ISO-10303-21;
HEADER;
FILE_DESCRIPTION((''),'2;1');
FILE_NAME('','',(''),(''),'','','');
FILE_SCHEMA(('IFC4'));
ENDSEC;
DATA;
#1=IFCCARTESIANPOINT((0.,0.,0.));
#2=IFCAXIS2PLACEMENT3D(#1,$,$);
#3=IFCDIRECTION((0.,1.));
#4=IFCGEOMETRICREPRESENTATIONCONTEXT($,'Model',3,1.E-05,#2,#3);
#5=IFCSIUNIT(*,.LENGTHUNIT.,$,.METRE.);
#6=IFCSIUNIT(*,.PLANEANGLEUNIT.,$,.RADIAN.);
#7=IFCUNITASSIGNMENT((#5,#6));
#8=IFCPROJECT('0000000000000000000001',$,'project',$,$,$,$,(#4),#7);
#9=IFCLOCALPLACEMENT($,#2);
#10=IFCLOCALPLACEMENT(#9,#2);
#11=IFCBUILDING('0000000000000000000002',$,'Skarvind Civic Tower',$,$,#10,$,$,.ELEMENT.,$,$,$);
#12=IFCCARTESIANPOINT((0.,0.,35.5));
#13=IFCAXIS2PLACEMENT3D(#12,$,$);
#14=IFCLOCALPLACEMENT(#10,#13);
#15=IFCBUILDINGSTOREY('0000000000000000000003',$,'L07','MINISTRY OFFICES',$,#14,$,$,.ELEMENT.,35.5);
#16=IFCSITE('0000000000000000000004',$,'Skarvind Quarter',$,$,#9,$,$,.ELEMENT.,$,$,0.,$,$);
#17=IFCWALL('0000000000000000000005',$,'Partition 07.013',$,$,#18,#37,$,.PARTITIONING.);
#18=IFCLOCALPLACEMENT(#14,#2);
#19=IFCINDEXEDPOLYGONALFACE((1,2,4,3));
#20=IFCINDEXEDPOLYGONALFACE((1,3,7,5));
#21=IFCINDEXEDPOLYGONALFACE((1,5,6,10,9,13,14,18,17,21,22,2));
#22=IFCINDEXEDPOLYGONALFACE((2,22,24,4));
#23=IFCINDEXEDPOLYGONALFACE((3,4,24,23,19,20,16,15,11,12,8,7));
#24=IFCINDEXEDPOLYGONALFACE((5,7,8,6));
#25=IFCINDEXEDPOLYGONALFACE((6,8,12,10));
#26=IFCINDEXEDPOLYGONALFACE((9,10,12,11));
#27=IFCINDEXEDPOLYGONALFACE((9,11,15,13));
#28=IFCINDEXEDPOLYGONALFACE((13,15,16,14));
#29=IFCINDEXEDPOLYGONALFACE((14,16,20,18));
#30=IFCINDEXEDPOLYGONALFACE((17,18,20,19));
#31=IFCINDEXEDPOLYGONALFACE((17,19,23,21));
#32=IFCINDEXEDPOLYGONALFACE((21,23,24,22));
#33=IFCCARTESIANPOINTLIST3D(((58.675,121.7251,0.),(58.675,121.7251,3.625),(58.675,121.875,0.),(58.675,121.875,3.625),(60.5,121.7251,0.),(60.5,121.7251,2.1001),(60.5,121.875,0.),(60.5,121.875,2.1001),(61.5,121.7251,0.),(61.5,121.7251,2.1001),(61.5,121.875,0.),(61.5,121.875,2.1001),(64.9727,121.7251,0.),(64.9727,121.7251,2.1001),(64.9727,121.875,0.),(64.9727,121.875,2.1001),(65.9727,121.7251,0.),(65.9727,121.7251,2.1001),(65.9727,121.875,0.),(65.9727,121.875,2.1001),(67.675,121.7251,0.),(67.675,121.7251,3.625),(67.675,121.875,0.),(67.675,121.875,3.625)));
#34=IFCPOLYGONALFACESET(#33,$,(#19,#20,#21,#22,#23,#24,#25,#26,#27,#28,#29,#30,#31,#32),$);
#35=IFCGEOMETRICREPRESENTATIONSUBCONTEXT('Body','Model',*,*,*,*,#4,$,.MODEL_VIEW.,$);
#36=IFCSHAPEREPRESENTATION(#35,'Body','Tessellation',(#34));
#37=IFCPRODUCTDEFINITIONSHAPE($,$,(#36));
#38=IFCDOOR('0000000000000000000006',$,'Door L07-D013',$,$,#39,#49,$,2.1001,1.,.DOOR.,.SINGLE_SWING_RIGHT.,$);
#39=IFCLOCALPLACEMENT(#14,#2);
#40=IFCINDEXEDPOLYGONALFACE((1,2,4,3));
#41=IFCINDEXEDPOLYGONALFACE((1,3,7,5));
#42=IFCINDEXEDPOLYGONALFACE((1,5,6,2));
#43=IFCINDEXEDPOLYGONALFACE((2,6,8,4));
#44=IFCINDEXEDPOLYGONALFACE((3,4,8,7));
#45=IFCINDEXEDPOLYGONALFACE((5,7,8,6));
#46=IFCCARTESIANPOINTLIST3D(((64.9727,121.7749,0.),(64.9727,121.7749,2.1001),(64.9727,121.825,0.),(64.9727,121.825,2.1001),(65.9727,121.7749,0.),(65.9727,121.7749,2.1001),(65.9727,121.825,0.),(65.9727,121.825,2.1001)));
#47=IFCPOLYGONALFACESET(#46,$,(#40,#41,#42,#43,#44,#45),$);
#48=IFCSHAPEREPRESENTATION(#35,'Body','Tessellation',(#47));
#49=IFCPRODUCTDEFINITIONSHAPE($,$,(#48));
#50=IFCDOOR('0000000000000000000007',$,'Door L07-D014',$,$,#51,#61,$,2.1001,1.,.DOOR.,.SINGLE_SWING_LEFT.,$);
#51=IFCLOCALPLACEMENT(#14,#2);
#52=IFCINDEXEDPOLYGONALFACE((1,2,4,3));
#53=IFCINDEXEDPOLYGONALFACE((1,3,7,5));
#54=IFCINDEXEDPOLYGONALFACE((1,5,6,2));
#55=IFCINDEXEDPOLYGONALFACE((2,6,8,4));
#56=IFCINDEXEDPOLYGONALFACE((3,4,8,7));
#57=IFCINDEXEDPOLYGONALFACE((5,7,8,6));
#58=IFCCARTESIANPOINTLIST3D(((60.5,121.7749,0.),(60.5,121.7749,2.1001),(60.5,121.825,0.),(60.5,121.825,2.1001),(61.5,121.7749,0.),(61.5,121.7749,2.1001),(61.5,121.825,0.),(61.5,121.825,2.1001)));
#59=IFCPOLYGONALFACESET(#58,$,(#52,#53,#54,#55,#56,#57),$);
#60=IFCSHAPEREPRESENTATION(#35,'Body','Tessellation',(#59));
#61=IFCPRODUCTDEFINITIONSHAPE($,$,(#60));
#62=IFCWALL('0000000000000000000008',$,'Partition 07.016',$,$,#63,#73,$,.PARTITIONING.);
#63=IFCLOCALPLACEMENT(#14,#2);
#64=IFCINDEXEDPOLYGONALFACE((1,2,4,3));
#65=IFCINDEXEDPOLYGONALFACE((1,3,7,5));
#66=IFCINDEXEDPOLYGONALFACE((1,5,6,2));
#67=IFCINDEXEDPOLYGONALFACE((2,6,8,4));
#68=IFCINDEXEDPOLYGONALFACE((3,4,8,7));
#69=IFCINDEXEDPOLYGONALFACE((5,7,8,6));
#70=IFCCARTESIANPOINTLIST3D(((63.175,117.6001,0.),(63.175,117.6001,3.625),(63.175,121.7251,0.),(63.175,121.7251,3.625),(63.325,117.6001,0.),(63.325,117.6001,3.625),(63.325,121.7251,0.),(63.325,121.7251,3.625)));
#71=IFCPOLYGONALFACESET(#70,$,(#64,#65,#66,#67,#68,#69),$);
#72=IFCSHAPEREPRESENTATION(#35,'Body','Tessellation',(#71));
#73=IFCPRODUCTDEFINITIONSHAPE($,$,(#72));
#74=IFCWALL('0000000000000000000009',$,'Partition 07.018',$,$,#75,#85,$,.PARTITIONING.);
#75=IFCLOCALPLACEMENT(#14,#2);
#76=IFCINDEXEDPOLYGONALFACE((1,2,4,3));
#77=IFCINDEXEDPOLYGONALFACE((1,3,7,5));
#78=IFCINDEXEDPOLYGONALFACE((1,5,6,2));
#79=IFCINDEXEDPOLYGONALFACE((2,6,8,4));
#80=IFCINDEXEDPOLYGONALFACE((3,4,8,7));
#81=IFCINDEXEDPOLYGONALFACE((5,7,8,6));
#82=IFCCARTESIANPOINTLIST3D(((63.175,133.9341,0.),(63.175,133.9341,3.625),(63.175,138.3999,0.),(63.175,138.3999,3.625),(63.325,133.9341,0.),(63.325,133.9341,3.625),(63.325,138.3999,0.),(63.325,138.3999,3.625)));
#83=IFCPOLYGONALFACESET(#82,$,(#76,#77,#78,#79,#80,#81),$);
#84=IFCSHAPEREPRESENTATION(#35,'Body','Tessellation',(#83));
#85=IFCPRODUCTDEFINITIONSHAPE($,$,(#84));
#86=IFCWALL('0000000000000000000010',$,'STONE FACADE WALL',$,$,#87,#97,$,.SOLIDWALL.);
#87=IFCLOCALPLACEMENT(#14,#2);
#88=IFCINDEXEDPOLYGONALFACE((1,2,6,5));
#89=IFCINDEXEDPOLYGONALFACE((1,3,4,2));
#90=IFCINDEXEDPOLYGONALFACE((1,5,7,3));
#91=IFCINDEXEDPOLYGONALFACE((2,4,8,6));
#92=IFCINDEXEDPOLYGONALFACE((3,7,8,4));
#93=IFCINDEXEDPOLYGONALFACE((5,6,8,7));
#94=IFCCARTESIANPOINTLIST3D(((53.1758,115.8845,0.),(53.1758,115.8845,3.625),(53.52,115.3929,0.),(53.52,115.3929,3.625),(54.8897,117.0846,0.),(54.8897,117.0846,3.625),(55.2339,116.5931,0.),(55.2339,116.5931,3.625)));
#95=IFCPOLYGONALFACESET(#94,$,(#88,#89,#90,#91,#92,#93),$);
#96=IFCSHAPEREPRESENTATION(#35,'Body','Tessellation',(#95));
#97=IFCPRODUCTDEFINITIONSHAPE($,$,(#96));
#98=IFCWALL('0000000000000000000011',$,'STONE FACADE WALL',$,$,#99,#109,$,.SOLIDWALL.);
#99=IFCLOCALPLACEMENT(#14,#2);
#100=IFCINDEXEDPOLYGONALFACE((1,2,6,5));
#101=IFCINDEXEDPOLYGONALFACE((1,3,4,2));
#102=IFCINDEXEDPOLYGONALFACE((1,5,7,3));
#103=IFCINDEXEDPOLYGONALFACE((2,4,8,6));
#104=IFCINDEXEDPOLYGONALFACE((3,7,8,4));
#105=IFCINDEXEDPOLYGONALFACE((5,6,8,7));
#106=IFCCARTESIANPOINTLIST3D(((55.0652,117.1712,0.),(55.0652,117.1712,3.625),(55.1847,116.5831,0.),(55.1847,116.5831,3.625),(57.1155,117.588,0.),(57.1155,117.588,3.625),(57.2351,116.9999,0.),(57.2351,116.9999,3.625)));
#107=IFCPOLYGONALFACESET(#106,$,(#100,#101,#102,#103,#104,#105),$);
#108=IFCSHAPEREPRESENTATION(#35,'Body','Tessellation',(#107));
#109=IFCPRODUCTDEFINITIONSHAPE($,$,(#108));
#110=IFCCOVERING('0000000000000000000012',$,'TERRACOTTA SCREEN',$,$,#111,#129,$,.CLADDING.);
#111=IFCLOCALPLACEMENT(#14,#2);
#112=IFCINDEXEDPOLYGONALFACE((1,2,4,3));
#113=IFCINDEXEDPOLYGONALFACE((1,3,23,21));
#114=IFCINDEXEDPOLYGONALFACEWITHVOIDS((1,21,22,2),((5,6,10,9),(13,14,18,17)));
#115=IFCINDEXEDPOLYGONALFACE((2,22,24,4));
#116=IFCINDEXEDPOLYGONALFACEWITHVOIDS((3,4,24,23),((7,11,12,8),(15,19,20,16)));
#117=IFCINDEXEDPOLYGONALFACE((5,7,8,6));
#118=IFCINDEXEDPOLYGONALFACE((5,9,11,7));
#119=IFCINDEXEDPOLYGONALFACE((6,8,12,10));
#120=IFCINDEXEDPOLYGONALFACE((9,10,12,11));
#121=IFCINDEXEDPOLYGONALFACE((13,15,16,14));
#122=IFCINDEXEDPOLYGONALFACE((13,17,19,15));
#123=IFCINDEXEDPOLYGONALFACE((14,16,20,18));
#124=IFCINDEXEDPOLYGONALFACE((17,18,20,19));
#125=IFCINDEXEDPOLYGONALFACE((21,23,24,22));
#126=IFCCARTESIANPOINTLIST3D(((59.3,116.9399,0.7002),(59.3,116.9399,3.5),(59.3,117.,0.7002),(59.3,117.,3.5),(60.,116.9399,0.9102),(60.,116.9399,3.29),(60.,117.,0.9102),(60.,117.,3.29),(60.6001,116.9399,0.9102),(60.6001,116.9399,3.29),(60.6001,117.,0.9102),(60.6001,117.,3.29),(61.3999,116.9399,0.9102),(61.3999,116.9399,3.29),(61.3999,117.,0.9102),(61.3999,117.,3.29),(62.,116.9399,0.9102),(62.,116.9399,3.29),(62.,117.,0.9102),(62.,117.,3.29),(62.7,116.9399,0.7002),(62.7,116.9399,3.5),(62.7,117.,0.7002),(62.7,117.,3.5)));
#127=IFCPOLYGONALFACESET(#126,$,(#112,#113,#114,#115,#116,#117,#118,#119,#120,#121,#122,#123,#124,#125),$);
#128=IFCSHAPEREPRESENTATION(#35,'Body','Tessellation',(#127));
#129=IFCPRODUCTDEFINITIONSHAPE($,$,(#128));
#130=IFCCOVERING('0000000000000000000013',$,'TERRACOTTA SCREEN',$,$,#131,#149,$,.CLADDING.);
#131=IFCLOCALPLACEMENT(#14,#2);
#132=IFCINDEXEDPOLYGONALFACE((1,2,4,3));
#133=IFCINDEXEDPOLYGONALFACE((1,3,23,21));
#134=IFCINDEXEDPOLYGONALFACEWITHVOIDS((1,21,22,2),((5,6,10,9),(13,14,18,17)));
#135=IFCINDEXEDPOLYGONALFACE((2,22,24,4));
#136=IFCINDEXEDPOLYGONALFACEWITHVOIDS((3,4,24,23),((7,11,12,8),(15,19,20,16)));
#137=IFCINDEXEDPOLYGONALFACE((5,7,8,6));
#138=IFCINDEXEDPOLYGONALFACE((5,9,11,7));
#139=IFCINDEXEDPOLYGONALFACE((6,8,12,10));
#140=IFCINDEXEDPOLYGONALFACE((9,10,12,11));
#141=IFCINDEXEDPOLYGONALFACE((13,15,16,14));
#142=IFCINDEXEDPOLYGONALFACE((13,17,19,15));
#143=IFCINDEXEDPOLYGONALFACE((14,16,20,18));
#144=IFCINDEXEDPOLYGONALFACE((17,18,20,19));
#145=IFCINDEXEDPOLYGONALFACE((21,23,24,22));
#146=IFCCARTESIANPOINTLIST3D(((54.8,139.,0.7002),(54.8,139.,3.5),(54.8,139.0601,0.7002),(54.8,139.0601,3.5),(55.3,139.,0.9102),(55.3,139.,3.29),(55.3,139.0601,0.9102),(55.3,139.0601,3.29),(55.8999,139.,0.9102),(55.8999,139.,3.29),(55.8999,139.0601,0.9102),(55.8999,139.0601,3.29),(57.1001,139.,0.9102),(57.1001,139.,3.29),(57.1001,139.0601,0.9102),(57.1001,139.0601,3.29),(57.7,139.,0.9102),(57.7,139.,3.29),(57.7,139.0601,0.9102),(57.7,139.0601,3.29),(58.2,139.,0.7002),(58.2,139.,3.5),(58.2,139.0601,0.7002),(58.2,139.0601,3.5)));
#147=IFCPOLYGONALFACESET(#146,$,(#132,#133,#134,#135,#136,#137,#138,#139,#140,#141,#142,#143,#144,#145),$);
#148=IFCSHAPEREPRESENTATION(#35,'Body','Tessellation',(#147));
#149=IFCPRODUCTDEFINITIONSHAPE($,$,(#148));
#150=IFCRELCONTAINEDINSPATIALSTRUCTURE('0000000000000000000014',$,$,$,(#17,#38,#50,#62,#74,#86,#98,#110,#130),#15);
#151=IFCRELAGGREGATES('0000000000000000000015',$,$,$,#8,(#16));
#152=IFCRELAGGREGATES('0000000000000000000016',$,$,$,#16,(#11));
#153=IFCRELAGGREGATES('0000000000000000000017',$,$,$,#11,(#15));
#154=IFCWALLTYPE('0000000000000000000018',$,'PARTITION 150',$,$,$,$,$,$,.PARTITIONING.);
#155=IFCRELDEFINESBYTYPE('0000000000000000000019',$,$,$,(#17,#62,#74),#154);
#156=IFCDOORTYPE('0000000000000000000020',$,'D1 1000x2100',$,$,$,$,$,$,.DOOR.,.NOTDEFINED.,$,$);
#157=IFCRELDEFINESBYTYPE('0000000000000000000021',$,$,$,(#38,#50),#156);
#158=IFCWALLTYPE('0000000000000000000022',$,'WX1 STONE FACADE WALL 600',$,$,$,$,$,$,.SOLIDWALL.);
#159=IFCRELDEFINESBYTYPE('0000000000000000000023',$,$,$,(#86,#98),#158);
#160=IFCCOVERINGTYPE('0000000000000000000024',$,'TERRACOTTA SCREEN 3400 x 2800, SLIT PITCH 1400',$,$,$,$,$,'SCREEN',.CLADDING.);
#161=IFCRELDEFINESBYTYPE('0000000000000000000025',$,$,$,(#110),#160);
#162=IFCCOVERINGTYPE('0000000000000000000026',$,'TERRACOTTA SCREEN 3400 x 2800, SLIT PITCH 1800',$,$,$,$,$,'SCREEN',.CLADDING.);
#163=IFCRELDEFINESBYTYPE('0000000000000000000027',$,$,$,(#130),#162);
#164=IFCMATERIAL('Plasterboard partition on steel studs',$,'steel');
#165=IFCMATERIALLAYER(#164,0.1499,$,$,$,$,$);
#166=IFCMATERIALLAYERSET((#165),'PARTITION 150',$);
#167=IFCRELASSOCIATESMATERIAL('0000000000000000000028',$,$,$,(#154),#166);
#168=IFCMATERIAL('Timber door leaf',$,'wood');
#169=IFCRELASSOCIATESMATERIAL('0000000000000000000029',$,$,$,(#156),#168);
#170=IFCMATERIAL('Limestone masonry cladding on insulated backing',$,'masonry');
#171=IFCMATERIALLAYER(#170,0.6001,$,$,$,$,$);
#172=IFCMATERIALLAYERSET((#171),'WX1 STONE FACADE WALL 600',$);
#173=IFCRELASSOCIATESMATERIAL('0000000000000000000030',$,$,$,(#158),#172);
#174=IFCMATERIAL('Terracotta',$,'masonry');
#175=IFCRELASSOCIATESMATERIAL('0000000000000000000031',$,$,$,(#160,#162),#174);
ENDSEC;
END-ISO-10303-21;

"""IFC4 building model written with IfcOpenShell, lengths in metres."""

from ifc_helpers import new_model, si_unit, direction, frame, frame_2d, origin, place, context, subcontext, project, spatial, polyline, rectangle, outline, extrude, material, layer, layer_set, material_profile, profile_set, type_object, element, fill, save


model = new_model("IFC4")

# Units and contexts
model_context = context("Model", 3, precision=1e-05, world=origin(), true_north=direction((0.0, 1.0)))
body_context = subcontext(model_context, "Body", "Model", "MODEL_VIEW")
ifc_project = project(units=[si_unit("LENGTHUNIT", "METRE"), si_unit("PLANEANGLEUNIT", "RADIAN")], contexts=[model_context])

# Site, building, storey
site_placement = place(None, origin())
site = spatial("IfcSite", under=ifc_project, at=site_placement, Name="Skarvind Quarter", CompositionType="ELEMENT", RefElevation=0.0)
building_placement = place(site_placement, origin())
building = spatial("IfcBuilding", under=site, at=building_placement, Name="Skarvind Civic Tower", CompositionType="ELEMENT")
storey_placement = place(building_placement, frame((0.0, 0.0, 35.5)))
storey = spatial("IfcBuildingStorey", under=building, at=storey_placement, Name="L07", Description="MINISTRY OFFICES", CompositionType="ELEMENT", Elevation=35.5)

# Shared definitions
ifc_material_1 = material(Name="Plasterboard partition on steel studs", Category="steel")
ifc_layer_1 = layer(ifc_material_1, 0.1499)
ifc_layer_set_1 = layer_set([ifc_layer_1], Name="PARTITION 150")
wall_type_1 = type_object("IfcWallType", Name="PARTITION 150", PredefinedType="PARTITIONING", material=ifc_layer_set_1)

# Wall, openings, doors
wall_1_placement = place(storey_placement, frame((58.675, 121.8, 0.0), z_axis=(0.0, 0.0, 1.0), x_axis=(1.0, 0.0, 0.0)))
wall_1 = element("IfcWall", 1, at=wall_1_placement, inside=storey, type_object=wall_type_1, Name="Partition 07.013", PredefinedType="PARTITIONING", context=body_context, shape_type="SweptSolid", body=[
    extrude(rectangle(XDim=9.0, YDim=0.1499, at=frame_2d((4.5, 0.0))), origin(), (0.0, 0.0, 1.0), 3.625),
])
opening_1_placement = place(wall_1_placement, frame((6.2976, 0.0, 0.0)))
opening_1 = element("IfcOpeningElement", 2, at=opening_1_placement, cuts=wall_1, PredefinedType="OPENING", context=body_context, shape_type="SweptSolid", body=[
    extrude(rectangle(XDim=1.0, YDim=2.1001, at=frame_2d((0.5, 1.05))), frame((0.0, 0.085, 0.0), z_axis=(0.0, -1.0, 0.0), x_axis=(1.0, 0.0, 0.0)), (0.0, 0.0, 1.0), 0.1699),
])
opening_2_placement = place(wall_1_placement, frame((1.825, 0.0, 0.0)))
opening_2 = element("IfcOpeningElement", 3, at=opening_2_placement, cuts=wall_1, PredefinedType="OPENING", context=body_context, shape_type="SweptSolid", body=[
    extrude(rectangle(XDim=1.0, YDim=2.1001, at=frame_2d((0.5, 1.05))), frame((0.0, 0.085, 0.0), z_axis=(0.0, -1.0, 0.0), x_axis=(1.0, 0.0, 0.0)), (0.0, 0.0, 1.0), 0.1699),
])
ifc_material_2 = material(Name="Timber door leaf", Category="wood")
door_type = type_object("IfcDoorType", Name="D1 1000x2100", OperationType="NOTDEFINED", PredefinedType="DOOR", material=ifc_material_2)
door_1_placement = place(opening_1_placement, origin())
door_1 = element("IfcDoor", 4, at=door_1_placement, inside=storey, type_object=door_type, Name="Door L07-D013", OperationType="SINGLE_SWING_RIGHT", OverallHeight=2.1001, OverallWidth=1.0, PredefinedType="DOOR", context=body_context, shape_type="SweptSolid", body=[
    extrude(rectangle(XDim=1.0, YDim=2.1001, at=frame_2d((0.5, 1.05))), frame((0.0, 0.0249, 0.0), z_axis=(0.0, -1.0, 0.0), x_axis=(1.0, 0.0, 0.0)), (0.0, 0.0, 1.0), 0.05),
])
fill(opening_1, door_1)
door_2_placement = place(opening_2_placement, origin())
door_2 = element("IfcDoor", 5, at=door_2_placement, inside=storey, type_object=door_type, Name="Door L07-D014", OperationType="SINGLE_SWING_LEFT", OverallHeight=2.1001, OverallWidth=1.0, PredefinedType="DOOR", context=body_context, shape_type="SweptSolid", body=[
    extrude(rectangle(XDim=1.0, YDim=2.1001, at=frame_2d((0.5, 1.05))), frame((0.0, 0.0249, 0.0), z_axis=(0.0, -1.0, 0.0), x_axis=(1.0, 0.0, 0.0)), (0.0, 0.0, 1.0), 0.05),
])
fill(opening_2, door_2)

# Walls
wall_2_placement = place(storey_placement, frame((63.25, 117.6001, 0.0), z_axis=(0.0, 0.0, 1.0), x_axis=(0.0, 1.0, 0.0)))
element("IfcWall", 6, at=wall_2_placement, inside=storey, type_object=wall_type_1, Name="Partition 07.016", PredefinedType="PARTITIONING", context=body_context, shape_type="SweptSolid", body=[
    extrude(rectangle(XDim=4.125, YDim=0.1499, at=frame_2d((2.0625, 0.0))), origin(), (0.0, 0.0, 1.0), 3.625),
])
wall_3_placement = place(storey_placement, frame((63.25, 133.9341, 0.0), z_axis=(0.0, 0.0, 1.0), x_axis=(0.0, 1.0, 0.0)))
element("IfcWall", 7, at=wall_3_placement, inside=storey, type_object=wall_type_1, Name="Partition 07.018", PredefinedType="PARTITIONING", context=body_context, shape_type="SweptSolid", body=[
    extrude(rectangle(XDim=4.4658, YDim=0.1499, at=frame_2d((2.2329, 0.0))), origin(), (0.0, 0.0, 1.0), 3.625),
])
ifc_material_3 = material(Name="Limestone masonry cladding on insulated backing", Category="masonry")
ifc_layer_2 = layer(ifc_material_3, 0.6001)
ifc_layer_set_2 = layer_set([ifc_layer_2], Name="WX1 STONE FACADE WALL 600")
wall_type_2 = type_object("IfcWallType", Name="WX1 STONE FACADE WALL 600", PredefinedType="SOLIDWALL", material=ifc_layer_set_2)
for number, where, z_axis, x_axis, name in (
    (8, (55.0618, 116.8389, 0.0), (0.0, 0.0, 1.0), (-0.819122, -0.573619, 0.0), "STONE FACADE WALL"),
    (9, (57.1753, 117.2939, 0.0), (0.0, 0.0, 1.0), (-0.979961, -0.199189, 0.0), "STONE FACADE WALL"),
):
    element("IfcWall", number, at=place(storey_placement, frame(where, z_axis=z_axis, x_axis=x_axis)), inside=storey, type_object=wall_type_2, Name=name, PredefinedType="SOLIDWALL", context=body_context, shape_type="SweptSolid", body=[
        extrude(rectangle(XDim=2.0923, YDim=0.6001, at=frame_2d((1.0461, 0.0))), origin(), (0.0, 0.0, 1.0), 3.625),
    ])

# Coverings
ifc_material_4 = material(Name="Terracotta", Category="masonry")
ifc_material_profile_1 = material_profile(ifc_material_4, outline(polyline([(-1.7, -1.3999), (1.7, -1.3999), (1.7, 1.3999), (-1.7, 1.3999), (-1.7, -1.3999)]), holes=[polyline([(-1.0, -1.1899), (-0.3999, -1.1899), (-0.3999, 1.1899), (-1.0, 1.1899), (-1.0, -1.1899)]), polyline([(0.3999, -1.1899), (1.0, -1.1899), (1.0, 1.1899), (0.3999, 1.1899), (0.3999, -1.1899)])]), Name="TERRACOTTA SCREEN 3400 x 2800, SLIT PITCH 1400")
ifc_profile_set_1 = profile_set([ifc_material_profile_1], Name="Terracotta")
covering_type_1 = type_object("IfcCoveringType", Name="TERRACOTTA SCREEN 3400 x 2800, SLIT PITCH 1400", ElementType="SCREEN", PredefinedType="CLADDING", material=ifc_profile_set_1)
covering_1_placement = place(storey_placement, frame((61.0, 117.0, 2.1001), z_axis=(0.0, -1.0, 0.0), x_axis=(1.0, 0.0, 0.0)))
element("IfcCovering", 10, at=covering_1_placement, inside=storey, type_object=covering_type_1, Name="TERRACOTTA SCREEN", PredefinedType="CLADDING", context=body_context, shape_type="SweptSolid", body=[
    extrude(outline(polyline([(-1.7, -1.3999), (1.7, -1.3999), (1.7, 1.3999), (-1.7, 1.3999), (-1.7, -1.3999)]), holes=[polyline([(-1.0, -1.1899), (-0.3999, -1.1899), (-0.3999, 1.1899), (-1.0, 1.1899), (-1.0, -1.1899)]), polyline([(0.3999, -1.1899), (1.0, -1.1899), (1.0, 1.1899), (0.3999, 1.1899), (0.3999, -1.1899)])]), origin(), (0.0, 0.0, 1.0), 0.0601),
])
ifc_material_profile_2 = material_profile(ifc_material_4, outline(polyline([(-1.7, -1.3999), (1.7, -1.3999), (1.7, 1.3999), (-1.7, 1.3999), (-1.7, -1.3999)]), holes=[polyline([(-1.2, -1.1899), (-0.6001, -1.1899), (-0.6001, 1.1899), (-1.2, 1.1899), (-1.2, -1.1899)]), polyline([(0.6001, -1.1899), (1.2, -1.1899), (1.2, 1.1899), (0.6001, 1.1899), (0.6001, -1.1899)])]), Name="TERRACOTTA SCREEN 3400 x 2800, SLIT PITCH 1800")
ifc_profile_set_2 = profile_set([ifc_material_profile_2], Name="Terracotta")
covering_type_2 = type_object("IfcCoveringType", Name="TERRACOTTA SCREEN 3400 x 2800, SLIT PITCH 1800", ElementType="SCREEN", PredefinedType="CLADDING", material=ifc_profile_set_2)
covering_2_placement = place(storey_placement, frame((56.5, 139.0, 2.1001), z_axis=(0.0, 1.0, 0.0), x_axis=(-1.0, 0.0, 0.0)))
element("IfcCovering", 11, at=covering_2_placement, inside=storey, type_object=covering_type_2, Name="TERRACOTTA SCREEN", PredefinedType="CLADDING", context=body_context, shape_type="SweptSolid", body=[
    extrude(outline(polyline([(-1.7, -1.3999), (1.7, -1.3999), (1.7, 1.3999), (-1.7, 1.3999), (-1.7, -1.3999)]), holes=[polyline([(-1.2, -1.1899), (-0.6001, -1.1899), (-0.6001, 1.1899), (-1.2, 1.1899), (-1.2, -1.1899)]), polyline([(0.6001, -1.1899), (1.2, -1.1899), (1.2, 1.1899), (0.6001, 1.1899), (0.6001, -1.1899)])]), origin(), (0.0, 0.0, 1.0), 0.0601),
])

save(model, "model.ifc")
